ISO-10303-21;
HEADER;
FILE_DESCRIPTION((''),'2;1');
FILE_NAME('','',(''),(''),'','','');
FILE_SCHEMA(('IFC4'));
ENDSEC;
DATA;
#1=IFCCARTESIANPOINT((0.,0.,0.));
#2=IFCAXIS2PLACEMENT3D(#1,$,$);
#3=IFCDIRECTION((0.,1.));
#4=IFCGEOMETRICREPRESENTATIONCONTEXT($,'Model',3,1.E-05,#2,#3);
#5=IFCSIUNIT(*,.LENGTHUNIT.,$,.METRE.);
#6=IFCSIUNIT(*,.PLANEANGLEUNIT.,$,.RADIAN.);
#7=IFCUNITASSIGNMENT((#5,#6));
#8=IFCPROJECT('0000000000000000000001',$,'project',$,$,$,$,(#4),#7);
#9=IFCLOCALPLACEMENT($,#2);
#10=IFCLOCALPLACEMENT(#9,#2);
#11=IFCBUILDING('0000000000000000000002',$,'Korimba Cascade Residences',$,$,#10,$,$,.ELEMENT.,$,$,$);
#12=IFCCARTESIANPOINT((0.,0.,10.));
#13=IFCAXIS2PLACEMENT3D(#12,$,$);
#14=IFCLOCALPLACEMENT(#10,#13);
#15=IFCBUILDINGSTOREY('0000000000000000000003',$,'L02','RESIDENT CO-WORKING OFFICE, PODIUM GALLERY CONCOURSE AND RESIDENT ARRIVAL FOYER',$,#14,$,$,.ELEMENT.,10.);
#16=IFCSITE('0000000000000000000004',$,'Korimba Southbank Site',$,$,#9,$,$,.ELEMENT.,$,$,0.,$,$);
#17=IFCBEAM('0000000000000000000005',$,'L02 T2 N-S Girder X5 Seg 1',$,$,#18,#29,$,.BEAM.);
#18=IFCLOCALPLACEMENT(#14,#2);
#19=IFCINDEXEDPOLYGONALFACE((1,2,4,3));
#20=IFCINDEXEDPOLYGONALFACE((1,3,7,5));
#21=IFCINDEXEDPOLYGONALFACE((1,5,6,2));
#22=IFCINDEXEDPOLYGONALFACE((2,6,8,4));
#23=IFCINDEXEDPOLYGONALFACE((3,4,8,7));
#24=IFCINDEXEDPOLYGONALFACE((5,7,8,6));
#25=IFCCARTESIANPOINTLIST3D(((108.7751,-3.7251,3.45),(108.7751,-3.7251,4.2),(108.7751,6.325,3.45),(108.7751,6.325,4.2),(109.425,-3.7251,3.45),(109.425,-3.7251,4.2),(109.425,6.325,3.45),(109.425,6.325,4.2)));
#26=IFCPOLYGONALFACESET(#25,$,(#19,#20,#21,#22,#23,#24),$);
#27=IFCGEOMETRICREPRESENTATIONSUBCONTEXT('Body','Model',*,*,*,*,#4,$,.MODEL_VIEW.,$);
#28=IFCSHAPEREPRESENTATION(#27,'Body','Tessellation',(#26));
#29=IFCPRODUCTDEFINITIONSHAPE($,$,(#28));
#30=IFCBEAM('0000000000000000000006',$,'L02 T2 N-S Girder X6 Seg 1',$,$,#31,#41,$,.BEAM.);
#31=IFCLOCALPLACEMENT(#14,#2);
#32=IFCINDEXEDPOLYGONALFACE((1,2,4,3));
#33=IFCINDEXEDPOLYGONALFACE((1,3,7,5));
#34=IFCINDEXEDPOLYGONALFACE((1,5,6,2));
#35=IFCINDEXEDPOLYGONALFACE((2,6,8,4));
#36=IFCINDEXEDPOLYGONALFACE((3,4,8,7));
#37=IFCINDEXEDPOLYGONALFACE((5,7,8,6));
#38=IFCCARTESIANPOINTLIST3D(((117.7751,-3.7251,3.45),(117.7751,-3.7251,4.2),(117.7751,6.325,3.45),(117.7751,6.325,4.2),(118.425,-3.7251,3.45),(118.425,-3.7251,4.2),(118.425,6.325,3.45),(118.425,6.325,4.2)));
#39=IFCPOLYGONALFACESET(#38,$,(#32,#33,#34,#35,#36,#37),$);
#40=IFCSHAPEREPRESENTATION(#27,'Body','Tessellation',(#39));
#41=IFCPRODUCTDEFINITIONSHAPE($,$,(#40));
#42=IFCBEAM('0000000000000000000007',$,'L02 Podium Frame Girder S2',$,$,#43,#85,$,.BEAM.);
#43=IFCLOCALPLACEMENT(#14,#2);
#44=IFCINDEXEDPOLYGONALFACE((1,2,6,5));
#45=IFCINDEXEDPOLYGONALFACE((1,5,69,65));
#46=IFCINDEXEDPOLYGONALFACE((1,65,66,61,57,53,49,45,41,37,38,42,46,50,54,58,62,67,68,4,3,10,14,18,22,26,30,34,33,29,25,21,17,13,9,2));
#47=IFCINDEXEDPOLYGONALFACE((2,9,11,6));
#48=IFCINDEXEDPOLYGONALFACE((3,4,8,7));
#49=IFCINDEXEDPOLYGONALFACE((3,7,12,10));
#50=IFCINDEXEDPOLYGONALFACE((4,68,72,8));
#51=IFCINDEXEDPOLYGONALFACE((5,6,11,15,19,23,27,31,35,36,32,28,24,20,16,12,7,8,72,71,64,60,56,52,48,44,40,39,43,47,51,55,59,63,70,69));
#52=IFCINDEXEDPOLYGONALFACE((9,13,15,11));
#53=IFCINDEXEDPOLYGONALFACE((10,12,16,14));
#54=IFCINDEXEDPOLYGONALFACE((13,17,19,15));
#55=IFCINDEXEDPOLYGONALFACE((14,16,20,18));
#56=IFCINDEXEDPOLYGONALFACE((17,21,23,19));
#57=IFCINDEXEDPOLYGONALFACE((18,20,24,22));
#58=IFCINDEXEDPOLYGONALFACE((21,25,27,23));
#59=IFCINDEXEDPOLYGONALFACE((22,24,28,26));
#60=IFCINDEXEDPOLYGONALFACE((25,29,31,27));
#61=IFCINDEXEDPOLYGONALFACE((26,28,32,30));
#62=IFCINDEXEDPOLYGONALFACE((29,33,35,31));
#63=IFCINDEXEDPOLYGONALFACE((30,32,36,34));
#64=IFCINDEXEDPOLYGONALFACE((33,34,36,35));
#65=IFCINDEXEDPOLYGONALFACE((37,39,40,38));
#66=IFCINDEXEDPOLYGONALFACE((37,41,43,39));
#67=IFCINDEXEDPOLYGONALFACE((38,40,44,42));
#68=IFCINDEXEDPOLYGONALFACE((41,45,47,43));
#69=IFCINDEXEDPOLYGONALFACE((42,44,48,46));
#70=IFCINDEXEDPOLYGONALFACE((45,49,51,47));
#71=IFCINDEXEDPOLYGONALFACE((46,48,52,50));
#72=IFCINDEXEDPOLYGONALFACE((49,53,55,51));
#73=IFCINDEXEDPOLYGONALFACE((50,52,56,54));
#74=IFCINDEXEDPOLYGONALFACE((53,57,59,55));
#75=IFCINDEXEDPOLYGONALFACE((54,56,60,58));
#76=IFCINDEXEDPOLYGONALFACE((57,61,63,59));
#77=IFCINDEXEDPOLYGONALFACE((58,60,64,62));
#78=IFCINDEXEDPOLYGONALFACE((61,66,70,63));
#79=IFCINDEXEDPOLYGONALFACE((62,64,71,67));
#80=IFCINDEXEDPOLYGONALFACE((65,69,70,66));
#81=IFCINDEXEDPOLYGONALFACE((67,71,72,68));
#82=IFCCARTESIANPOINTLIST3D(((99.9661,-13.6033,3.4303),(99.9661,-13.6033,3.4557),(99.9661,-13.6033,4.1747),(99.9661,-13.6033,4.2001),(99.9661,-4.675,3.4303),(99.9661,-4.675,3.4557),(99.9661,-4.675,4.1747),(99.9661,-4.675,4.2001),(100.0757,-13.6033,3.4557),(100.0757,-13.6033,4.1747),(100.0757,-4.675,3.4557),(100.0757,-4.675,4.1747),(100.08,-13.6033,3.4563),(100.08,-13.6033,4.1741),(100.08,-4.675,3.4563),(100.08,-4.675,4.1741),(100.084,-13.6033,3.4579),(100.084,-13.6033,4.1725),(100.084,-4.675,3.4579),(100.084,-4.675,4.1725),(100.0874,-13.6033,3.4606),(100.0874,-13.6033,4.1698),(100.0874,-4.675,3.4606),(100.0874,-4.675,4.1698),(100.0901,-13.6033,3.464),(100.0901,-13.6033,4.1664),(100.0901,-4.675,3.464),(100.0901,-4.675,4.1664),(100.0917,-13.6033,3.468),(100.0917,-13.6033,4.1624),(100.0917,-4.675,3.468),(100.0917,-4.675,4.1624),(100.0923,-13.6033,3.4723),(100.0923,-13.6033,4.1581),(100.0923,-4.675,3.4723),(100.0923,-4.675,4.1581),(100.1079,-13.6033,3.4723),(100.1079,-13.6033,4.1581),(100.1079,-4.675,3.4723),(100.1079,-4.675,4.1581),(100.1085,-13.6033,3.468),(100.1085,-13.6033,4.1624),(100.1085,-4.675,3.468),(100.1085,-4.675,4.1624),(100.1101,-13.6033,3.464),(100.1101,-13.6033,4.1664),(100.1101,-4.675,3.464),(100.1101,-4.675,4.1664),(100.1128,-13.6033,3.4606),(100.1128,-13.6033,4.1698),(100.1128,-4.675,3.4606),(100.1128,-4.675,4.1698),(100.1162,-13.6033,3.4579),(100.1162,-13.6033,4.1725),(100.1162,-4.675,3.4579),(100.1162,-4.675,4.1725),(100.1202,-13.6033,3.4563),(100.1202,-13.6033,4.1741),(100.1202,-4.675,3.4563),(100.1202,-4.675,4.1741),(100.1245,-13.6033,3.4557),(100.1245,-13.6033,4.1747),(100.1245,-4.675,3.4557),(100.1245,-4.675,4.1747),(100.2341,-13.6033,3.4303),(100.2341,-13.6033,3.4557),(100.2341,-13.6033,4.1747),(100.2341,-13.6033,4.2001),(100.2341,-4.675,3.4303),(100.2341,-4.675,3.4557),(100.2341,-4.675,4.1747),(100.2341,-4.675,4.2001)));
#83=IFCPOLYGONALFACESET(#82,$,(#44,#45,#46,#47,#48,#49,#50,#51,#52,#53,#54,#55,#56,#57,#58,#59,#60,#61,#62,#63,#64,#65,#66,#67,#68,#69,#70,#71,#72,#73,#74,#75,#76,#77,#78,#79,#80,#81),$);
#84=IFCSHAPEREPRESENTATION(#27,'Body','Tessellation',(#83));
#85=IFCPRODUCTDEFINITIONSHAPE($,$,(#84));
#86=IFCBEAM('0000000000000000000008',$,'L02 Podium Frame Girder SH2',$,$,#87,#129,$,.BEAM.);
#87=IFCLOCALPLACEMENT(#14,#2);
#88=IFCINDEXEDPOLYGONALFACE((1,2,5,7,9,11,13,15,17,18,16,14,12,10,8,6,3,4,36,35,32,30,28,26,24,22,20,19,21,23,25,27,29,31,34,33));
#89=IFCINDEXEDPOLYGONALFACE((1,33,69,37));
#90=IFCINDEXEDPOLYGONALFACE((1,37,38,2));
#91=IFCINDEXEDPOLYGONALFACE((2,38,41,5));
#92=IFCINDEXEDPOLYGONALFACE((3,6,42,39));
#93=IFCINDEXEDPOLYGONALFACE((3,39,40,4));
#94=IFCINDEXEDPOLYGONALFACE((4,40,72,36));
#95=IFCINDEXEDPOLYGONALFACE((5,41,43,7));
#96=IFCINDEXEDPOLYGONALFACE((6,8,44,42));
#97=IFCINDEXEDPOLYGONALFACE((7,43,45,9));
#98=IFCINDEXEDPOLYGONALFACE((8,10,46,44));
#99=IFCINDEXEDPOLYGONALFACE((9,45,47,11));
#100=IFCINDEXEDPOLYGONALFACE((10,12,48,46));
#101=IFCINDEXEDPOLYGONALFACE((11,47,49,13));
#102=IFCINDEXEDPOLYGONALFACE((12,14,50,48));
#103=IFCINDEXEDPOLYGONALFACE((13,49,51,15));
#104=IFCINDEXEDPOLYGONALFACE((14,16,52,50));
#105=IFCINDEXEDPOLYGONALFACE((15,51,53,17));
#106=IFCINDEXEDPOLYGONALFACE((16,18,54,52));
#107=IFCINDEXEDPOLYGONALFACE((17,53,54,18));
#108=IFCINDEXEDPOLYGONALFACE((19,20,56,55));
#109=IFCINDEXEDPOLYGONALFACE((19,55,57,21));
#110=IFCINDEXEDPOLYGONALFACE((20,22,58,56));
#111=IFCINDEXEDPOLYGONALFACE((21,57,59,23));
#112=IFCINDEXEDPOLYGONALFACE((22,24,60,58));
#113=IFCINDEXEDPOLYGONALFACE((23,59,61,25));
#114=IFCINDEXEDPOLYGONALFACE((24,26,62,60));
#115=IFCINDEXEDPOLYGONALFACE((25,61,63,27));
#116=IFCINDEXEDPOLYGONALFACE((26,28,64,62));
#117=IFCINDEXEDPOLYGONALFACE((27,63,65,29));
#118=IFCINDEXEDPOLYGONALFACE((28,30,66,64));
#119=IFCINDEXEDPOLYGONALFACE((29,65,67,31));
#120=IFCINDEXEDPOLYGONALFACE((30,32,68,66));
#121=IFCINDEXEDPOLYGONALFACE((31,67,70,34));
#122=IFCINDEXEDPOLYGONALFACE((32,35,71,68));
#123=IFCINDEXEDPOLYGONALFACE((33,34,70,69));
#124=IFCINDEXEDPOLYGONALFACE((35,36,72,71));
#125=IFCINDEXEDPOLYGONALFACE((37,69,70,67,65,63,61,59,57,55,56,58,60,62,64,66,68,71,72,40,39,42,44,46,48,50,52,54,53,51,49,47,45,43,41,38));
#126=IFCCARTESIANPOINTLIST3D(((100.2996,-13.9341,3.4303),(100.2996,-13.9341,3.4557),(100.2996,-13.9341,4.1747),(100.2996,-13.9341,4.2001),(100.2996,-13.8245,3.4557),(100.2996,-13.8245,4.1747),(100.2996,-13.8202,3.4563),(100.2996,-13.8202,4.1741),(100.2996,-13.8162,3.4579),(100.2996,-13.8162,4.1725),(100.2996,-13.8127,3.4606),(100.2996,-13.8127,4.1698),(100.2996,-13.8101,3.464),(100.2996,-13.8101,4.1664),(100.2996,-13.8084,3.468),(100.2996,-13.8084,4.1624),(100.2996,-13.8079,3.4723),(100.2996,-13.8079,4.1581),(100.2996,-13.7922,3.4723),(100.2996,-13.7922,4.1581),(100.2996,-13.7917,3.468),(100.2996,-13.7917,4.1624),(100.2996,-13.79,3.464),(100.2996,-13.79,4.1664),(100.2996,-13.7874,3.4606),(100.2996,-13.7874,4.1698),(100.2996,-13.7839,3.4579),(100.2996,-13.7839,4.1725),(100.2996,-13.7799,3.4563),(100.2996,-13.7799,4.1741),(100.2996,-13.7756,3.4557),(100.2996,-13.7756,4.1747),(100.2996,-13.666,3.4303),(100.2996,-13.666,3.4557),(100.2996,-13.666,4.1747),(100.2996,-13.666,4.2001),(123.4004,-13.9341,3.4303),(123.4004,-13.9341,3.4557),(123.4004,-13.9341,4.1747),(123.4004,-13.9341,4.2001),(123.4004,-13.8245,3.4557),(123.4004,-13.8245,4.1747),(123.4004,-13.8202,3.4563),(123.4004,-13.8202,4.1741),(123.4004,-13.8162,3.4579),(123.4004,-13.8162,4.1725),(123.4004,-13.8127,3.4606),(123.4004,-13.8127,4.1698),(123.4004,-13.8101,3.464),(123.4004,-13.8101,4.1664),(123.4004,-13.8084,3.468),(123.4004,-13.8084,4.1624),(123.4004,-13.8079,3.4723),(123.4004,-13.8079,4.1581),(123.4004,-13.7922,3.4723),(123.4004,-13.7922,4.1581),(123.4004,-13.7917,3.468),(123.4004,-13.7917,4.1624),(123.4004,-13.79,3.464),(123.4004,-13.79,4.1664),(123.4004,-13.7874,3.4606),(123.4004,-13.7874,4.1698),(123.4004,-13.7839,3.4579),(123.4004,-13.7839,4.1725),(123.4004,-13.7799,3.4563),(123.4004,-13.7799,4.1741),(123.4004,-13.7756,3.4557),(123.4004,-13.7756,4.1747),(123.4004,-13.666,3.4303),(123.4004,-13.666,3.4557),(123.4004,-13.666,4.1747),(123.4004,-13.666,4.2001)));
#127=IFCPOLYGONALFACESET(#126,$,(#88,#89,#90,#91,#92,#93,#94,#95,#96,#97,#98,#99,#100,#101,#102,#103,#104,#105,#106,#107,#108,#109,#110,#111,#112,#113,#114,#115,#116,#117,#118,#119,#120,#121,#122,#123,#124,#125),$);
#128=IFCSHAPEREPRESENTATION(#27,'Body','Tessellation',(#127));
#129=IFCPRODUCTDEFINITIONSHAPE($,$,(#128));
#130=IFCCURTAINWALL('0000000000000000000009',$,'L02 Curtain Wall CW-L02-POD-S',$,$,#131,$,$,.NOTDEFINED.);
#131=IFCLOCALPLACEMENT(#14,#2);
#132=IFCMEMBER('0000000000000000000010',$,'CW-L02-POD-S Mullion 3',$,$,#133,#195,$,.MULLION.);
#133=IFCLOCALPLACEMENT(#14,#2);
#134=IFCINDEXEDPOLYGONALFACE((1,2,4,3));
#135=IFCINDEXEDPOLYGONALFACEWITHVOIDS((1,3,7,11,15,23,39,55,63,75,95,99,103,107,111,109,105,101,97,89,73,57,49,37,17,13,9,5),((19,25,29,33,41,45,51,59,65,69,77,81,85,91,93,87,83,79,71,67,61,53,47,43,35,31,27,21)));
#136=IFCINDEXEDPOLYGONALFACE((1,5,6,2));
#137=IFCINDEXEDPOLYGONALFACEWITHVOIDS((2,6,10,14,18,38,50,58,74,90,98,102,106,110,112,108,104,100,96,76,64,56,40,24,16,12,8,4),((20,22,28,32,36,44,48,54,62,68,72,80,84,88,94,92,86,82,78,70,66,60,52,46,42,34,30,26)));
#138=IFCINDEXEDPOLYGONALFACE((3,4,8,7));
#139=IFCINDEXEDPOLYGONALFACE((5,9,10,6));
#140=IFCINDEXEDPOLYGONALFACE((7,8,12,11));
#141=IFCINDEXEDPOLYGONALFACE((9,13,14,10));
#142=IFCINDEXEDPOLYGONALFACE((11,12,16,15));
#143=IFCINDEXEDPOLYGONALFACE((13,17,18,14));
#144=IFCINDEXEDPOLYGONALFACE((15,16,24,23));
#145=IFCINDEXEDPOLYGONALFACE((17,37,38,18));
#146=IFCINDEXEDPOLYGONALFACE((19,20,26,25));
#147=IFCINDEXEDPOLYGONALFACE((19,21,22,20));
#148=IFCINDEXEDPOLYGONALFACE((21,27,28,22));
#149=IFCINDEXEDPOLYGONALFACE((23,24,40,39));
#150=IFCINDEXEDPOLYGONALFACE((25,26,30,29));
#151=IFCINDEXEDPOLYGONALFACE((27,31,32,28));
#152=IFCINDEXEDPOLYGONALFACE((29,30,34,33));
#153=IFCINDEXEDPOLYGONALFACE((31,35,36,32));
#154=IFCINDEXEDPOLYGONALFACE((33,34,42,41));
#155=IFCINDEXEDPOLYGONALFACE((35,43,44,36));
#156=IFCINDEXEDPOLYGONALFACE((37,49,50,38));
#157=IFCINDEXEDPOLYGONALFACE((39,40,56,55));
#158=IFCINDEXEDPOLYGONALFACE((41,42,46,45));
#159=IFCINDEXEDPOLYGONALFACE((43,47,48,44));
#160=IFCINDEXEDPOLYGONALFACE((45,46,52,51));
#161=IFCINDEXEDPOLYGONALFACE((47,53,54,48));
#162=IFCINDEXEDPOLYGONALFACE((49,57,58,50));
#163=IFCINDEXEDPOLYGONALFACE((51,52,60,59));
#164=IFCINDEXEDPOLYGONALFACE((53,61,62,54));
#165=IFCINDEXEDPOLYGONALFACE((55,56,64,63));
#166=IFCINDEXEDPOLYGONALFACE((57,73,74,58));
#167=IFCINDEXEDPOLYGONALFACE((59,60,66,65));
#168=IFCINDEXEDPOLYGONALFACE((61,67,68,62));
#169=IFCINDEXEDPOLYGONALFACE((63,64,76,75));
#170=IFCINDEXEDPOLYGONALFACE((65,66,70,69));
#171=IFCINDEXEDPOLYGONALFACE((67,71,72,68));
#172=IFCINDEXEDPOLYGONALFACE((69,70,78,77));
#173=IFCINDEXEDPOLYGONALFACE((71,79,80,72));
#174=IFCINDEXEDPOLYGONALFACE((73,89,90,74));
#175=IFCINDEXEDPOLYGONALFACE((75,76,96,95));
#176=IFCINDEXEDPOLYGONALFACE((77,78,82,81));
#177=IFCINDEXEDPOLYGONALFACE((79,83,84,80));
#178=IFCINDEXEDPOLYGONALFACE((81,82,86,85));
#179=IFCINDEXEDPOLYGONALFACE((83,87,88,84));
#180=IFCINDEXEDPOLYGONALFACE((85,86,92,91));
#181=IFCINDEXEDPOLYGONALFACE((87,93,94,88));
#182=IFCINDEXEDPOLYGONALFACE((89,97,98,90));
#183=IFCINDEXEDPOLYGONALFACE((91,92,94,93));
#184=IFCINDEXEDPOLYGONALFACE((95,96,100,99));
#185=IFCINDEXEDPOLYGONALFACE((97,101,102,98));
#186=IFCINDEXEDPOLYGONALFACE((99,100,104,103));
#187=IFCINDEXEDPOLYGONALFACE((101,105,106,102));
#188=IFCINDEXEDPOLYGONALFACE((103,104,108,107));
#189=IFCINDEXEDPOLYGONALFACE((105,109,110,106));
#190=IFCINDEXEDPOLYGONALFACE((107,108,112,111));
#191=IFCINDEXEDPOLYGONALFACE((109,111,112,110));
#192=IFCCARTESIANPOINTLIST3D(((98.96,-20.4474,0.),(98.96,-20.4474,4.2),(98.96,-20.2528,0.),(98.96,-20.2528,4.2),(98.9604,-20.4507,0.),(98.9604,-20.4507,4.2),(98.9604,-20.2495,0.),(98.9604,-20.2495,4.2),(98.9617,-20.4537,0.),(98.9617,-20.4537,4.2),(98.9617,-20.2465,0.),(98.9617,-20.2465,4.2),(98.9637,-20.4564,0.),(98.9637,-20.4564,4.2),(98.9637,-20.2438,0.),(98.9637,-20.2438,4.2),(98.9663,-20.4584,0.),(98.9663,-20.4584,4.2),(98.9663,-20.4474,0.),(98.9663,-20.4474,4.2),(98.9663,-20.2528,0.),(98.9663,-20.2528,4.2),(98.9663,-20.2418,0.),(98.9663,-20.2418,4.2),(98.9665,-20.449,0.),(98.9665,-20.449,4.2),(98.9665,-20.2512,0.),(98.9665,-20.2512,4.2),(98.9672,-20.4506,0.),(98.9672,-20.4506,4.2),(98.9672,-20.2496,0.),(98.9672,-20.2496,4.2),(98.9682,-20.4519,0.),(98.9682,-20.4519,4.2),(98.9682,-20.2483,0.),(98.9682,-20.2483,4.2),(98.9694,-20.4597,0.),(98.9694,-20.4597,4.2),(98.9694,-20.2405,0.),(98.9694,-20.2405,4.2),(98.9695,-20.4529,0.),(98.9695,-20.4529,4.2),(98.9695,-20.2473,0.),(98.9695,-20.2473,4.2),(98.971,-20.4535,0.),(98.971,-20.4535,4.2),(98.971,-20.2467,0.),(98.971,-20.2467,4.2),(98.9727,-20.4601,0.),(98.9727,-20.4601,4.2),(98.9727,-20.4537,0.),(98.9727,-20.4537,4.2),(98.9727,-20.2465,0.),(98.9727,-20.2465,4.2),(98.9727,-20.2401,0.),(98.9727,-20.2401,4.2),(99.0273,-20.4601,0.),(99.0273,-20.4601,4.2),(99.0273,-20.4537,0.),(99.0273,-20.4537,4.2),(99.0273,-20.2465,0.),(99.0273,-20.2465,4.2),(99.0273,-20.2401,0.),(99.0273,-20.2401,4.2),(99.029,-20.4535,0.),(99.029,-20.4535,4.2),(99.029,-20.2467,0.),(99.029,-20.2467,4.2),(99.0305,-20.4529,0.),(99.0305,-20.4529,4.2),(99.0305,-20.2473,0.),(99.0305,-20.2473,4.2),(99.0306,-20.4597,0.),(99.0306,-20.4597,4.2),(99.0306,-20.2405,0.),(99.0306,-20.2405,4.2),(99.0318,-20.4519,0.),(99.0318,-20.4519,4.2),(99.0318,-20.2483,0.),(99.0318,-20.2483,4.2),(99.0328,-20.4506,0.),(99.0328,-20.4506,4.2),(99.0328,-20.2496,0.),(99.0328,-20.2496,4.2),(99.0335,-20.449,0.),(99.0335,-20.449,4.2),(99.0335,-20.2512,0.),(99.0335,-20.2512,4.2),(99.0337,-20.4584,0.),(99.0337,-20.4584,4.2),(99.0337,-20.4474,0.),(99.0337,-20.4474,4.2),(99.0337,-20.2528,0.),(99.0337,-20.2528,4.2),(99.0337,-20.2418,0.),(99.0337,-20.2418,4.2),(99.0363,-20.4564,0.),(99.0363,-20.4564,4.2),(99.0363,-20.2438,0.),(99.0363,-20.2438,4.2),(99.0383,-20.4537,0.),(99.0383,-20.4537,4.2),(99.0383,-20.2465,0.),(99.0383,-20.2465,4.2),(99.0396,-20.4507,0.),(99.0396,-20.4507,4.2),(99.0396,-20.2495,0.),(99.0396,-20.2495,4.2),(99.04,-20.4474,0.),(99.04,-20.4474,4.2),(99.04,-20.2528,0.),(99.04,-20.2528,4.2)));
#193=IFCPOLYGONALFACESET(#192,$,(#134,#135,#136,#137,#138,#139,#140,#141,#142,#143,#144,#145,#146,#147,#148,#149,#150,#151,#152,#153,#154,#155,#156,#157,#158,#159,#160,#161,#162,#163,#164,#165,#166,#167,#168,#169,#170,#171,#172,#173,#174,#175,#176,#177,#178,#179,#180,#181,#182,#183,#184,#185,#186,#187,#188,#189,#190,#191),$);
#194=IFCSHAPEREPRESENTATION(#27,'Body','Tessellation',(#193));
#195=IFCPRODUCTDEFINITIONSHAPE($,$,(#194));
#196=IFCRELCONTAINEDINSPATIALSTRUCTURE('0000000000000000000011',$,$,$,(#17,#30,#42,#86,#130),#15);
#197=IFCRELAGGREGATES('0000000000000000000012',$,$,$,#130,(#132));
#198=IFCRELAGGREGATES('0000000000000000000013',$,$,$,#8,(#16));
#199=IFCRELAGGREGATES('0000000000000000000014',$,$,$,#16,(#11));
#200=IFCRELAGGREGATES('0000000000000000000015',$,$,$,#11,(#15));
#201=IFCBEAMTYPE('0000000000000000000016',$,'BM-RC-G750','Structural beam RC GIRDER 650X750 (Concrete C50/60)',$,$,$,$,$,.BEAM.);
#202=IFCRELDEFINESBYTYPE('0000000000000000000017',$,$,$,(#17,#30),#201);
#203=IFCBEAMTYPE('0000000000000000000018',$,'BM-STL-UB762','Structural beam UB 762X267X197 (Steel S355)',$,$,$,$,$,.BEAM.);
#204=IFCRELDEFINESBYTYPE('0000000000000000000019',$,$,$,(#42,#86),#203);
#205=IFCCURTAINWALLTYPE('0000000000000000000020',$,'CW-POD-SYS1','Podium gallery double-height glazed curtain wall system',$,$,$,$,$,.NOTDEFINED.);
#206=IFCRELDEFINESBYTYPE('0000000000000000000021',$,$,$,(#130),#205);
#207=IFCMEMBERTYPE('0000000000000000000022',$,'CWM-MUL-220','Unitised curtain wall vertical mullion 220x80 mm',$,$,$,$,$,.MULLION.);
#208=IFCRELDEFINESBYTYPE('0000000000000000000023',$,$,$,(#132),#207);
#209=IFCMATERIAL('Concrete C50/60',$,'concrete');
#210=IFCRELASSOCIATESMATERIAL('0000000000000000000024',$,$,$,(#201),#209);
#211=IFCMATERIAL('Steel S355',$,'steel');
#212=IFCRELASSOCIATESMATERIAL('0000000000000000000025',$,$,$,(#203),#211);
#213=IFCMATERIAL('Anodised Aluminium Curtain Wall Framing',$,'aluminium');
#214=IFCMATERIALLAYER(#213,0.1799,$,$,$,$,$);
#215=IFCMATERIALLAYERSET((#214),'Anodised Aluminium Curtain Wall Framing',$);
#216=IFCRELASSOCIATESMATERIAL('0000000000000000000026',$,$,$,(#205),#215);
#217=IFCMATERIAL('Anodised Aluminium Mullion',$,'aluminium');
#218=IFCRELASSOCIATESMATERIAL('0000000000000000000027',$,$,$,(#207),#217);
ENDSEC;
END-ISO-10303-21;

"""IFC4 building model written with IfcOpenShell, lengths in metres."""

from ifc_helpers import new_model, si_unit, direction, frame, origin, origin_2d, place, context, subcontext, project, spatial, rectangle, hollow_rectangle, i_section, extrude, material, layer, layer_set, material_profile, profile_set, type_object, element, aggregate, save


model = new_model("IFC4")

# Units and contexts
model_context = context("Model", 3, precision=1e-05, world=origin(), true_north=direction((0.0, 1.0)))
body_context = subcontext(model_context, "Body", "Model", "MODEL_VIEW")
ifc_project = project(units=[si_unit("LENGTHUNIT", "METRE"), si_unit("PLANEANGLEUNIT", "RADIAN")], contexts=[model_context])

# Site, building, storey
site_placement = place(None, origin())
site = spatial("IfcSite", under=ifc_project, at=site_placement, Name="Korimba Southbank Site", CompositionType="ELEMENT", RefElevation=0.0)
building_placement = place(site_placement, origin())
building = spatial("IfcBuilding", under=site, at=building_placement, Name="Korimba Cascade Residences", CompositionType="ELEMENT")
storey_placement = place(building_placement, frame((0.0, 0.0, 10.0)))
storey = spatial("IfcBuildingStorey", under=building, at=storey_placement, Name="L02", Description="RESIDENT CO-WORKING OFFICE, PODIUM GALLERY CONCOURSE AND RESIDENT ARRIVAL FOYER", CompositionType="ELEMENT", Elevation=10.0)

# Shared definitions
ifc_material_1 = material(Name="Steel S355", Category="steel")

# Beams
ifc_material_2 = material(Name="Concrete C50/60", Category="concrete")
ifc_material_profile_1 = material_profile(ifc_material_2, rectangle(XDim=0.6499, YDim=0.75, at=origin_2d()), Name="Concrete C50/60")
ifc_profile_set_1 = profile_set([ifc_material_profile_1], Name="Concrete C50/60")
beam_type_1 = type_object("IfcBeamType", Name="BM-RC-G750", Description="Structural beam RC GIRDER 650X750 (Concrete C50/60)", PredefinedType="BEAM", material=ifc_profile_set_1)
for number, where, z_axis, x_axis, name in (
    (1, (109.1001, -3.7251, 3.825), (0.0, 1.0, 0.0), (-1.0, 0.0, 0.0), "L02 T2 N-S Girder X5 Seg 1"),
    (2, (118.1001, -3.7251, 3.825), (0.0, 1.0, 0.0), (-1.0, 0.0, 0.0), "L02 T2 N-S Girder X6 Seg 1"),
):
    element("IfcBeam", number, at=place(storey_placement, frame(where, z_axis=z_axis, x_axis=x_axis)), inside=storey, type_object=beam_type_1, Name=name, PredefinedType="BEAM", context=body_context, shape_type="SweptSolid", body=[
        extrude(rectangle(XDim=0.6499, YDim=0.75, at=origin_2d()), origin(), (0.0, 0.0, 1.0), 10.05),
    ])
ifc_material_profile_2 = material_profile(ifc_material_1, i_section(OverallWidth=0.2681, OverallDepth=0.7698, WebThickness=0.0156, FlangeThickness=0.0254, FilletRadius=0.0166, at=origin_2d()), Name="Steel S355")
ifc_profile_set_2 = profile_set([ifc_material_profile_2], Name="Steel S355")
beam_type_2 = type_object("IfcBeamType", Name="BM-STL-UB762", Description="Structural beam UB 762X267X197 (Steel S355)", PredefinedType="BEAM", material=ifc_profile_set_2)
beam_1_placement = place(storey_placement, frame((100.1001, -13.6033, 3.8152), z_axis=(0.0, 1.0, 0.0), x_axis=(-1.0, 0.0, 0.0)))
element("IfcBeam", 3, at=beam_1_placement, inside=storey, type_object=beam_type_2, Name="L02 Podium Frame Girder S2", PredefinedType="BEAM", context=body_context, shape_type="SweptSolid", body=[
    extrude(i_section(OverallWidth=0.2681, OverallDepth=0.7698, WebThickness=0.0156, FlangeThickness=0.0254, FilletRadius=0.0166, at=origin_2d()), origin(), (0.0, 0.0, 1.0), 8.9282),
])
beam_2_placement = place(storey_placement, frame((100.2996, -13.8, 3.8152), z_axis=(1.0, 0.0, 0.0), x_axis=(0.0, 1.0, 0.0)))
element("IfcBeam", 4, at=beam_2_placement, inside=storey, type_object=beam_type_2, Name="L02 Podium Frame Girder SH2", PredefinedType="BEAM", context=body_context, shape_type="SweptSolid", body=[
    extrude(i_section(OverallWidth=0.2681, OverallDepth=0.7698, WebThickness=0.0156, FlangeThickness=0.0254, FilletRadius=0.0166, at=origin_2d()), origin(), (0.0, 0.0, 1.0), 23.1008),
])

# Curtain wall, member
ifc_material_3 = material(Name="Anodised Aluminium Curtain Wall Framing", Category="aluminium")
ifc_layer_1 = layer(ifc_material_3, 0.1799)
ifc_layer_set_1 = layer_set([ifc_layer_1], Name="Anodised Aluminium Curtain Wall Framing")
curtain_wall_type = type_object("IfcCurtainWallType", Name="CW-POD-SYS1", Description="Podium gallery double-height glazed curtain wall system", PredefinedType="NOTDEFINED", material=ifc_layer_set_1)
curtain_wall_placement = place(storey_placement, origin())
curtain_wall = element("IfcCurtainWall", 5, at=curtain_wall_placement, inside=storey, type_object=curtain_wall_type, Name="L02 Curtain Wall CW-L02-POD-S", PredefinedType="NOTDEFINED")
ifc_material_4 = material(Name="Anodised Aluminium Mullion", Category="aluminium")
ifc_material_profile_3 = material_profile(ifc_material_4, hollow_rectangle(XDim=0.0801, YDim=0.22, WallThickness=0.0063, InnerFilletRadius=0.0063, OuterFilletRadius=0.0127, at=origin_2d()), Name="Anodised Aluminium Mullion")
ifc_profile_set_3 = profile_set([ifc_material_profile_3], Name="Anodised Aluminium Mullion")
member_type_1 = type_object("IfcMemberType", Name="CWM-MUL-220", Description="Unitised curtain wall vertical mullion 220x80 mm", PredefinedType="MULLION", material=ifc_profile_set_3)
member_1_placement = place(storey_placement, frame((99.0, -20.3501, 0.0), z_axis=(0.0, 0.0, 1.0), x_axis=(1.0, 0.0, 0.0)))
member_1 = element("IfcMember", 6, at=member_1_placement, type_object=member_type_1, Name="CW-L02-POD-S Mullion 3", PredefinedType="MULLION", context=body_context, shape_type="SweptSolid", body=[
    extrude(hollow_rectangle(XDim=0.0801, YDim=0.22, WallThickness=0.0063, InnerFilletRadius=0.0063, OuterFilletRadius=0.0127, at=origin_2d()), origin(), (0.0, 0.0, 1.0), 4.2),
])
aggregate(curtain_wall, [member_1])

save(model, "model.ifc")
